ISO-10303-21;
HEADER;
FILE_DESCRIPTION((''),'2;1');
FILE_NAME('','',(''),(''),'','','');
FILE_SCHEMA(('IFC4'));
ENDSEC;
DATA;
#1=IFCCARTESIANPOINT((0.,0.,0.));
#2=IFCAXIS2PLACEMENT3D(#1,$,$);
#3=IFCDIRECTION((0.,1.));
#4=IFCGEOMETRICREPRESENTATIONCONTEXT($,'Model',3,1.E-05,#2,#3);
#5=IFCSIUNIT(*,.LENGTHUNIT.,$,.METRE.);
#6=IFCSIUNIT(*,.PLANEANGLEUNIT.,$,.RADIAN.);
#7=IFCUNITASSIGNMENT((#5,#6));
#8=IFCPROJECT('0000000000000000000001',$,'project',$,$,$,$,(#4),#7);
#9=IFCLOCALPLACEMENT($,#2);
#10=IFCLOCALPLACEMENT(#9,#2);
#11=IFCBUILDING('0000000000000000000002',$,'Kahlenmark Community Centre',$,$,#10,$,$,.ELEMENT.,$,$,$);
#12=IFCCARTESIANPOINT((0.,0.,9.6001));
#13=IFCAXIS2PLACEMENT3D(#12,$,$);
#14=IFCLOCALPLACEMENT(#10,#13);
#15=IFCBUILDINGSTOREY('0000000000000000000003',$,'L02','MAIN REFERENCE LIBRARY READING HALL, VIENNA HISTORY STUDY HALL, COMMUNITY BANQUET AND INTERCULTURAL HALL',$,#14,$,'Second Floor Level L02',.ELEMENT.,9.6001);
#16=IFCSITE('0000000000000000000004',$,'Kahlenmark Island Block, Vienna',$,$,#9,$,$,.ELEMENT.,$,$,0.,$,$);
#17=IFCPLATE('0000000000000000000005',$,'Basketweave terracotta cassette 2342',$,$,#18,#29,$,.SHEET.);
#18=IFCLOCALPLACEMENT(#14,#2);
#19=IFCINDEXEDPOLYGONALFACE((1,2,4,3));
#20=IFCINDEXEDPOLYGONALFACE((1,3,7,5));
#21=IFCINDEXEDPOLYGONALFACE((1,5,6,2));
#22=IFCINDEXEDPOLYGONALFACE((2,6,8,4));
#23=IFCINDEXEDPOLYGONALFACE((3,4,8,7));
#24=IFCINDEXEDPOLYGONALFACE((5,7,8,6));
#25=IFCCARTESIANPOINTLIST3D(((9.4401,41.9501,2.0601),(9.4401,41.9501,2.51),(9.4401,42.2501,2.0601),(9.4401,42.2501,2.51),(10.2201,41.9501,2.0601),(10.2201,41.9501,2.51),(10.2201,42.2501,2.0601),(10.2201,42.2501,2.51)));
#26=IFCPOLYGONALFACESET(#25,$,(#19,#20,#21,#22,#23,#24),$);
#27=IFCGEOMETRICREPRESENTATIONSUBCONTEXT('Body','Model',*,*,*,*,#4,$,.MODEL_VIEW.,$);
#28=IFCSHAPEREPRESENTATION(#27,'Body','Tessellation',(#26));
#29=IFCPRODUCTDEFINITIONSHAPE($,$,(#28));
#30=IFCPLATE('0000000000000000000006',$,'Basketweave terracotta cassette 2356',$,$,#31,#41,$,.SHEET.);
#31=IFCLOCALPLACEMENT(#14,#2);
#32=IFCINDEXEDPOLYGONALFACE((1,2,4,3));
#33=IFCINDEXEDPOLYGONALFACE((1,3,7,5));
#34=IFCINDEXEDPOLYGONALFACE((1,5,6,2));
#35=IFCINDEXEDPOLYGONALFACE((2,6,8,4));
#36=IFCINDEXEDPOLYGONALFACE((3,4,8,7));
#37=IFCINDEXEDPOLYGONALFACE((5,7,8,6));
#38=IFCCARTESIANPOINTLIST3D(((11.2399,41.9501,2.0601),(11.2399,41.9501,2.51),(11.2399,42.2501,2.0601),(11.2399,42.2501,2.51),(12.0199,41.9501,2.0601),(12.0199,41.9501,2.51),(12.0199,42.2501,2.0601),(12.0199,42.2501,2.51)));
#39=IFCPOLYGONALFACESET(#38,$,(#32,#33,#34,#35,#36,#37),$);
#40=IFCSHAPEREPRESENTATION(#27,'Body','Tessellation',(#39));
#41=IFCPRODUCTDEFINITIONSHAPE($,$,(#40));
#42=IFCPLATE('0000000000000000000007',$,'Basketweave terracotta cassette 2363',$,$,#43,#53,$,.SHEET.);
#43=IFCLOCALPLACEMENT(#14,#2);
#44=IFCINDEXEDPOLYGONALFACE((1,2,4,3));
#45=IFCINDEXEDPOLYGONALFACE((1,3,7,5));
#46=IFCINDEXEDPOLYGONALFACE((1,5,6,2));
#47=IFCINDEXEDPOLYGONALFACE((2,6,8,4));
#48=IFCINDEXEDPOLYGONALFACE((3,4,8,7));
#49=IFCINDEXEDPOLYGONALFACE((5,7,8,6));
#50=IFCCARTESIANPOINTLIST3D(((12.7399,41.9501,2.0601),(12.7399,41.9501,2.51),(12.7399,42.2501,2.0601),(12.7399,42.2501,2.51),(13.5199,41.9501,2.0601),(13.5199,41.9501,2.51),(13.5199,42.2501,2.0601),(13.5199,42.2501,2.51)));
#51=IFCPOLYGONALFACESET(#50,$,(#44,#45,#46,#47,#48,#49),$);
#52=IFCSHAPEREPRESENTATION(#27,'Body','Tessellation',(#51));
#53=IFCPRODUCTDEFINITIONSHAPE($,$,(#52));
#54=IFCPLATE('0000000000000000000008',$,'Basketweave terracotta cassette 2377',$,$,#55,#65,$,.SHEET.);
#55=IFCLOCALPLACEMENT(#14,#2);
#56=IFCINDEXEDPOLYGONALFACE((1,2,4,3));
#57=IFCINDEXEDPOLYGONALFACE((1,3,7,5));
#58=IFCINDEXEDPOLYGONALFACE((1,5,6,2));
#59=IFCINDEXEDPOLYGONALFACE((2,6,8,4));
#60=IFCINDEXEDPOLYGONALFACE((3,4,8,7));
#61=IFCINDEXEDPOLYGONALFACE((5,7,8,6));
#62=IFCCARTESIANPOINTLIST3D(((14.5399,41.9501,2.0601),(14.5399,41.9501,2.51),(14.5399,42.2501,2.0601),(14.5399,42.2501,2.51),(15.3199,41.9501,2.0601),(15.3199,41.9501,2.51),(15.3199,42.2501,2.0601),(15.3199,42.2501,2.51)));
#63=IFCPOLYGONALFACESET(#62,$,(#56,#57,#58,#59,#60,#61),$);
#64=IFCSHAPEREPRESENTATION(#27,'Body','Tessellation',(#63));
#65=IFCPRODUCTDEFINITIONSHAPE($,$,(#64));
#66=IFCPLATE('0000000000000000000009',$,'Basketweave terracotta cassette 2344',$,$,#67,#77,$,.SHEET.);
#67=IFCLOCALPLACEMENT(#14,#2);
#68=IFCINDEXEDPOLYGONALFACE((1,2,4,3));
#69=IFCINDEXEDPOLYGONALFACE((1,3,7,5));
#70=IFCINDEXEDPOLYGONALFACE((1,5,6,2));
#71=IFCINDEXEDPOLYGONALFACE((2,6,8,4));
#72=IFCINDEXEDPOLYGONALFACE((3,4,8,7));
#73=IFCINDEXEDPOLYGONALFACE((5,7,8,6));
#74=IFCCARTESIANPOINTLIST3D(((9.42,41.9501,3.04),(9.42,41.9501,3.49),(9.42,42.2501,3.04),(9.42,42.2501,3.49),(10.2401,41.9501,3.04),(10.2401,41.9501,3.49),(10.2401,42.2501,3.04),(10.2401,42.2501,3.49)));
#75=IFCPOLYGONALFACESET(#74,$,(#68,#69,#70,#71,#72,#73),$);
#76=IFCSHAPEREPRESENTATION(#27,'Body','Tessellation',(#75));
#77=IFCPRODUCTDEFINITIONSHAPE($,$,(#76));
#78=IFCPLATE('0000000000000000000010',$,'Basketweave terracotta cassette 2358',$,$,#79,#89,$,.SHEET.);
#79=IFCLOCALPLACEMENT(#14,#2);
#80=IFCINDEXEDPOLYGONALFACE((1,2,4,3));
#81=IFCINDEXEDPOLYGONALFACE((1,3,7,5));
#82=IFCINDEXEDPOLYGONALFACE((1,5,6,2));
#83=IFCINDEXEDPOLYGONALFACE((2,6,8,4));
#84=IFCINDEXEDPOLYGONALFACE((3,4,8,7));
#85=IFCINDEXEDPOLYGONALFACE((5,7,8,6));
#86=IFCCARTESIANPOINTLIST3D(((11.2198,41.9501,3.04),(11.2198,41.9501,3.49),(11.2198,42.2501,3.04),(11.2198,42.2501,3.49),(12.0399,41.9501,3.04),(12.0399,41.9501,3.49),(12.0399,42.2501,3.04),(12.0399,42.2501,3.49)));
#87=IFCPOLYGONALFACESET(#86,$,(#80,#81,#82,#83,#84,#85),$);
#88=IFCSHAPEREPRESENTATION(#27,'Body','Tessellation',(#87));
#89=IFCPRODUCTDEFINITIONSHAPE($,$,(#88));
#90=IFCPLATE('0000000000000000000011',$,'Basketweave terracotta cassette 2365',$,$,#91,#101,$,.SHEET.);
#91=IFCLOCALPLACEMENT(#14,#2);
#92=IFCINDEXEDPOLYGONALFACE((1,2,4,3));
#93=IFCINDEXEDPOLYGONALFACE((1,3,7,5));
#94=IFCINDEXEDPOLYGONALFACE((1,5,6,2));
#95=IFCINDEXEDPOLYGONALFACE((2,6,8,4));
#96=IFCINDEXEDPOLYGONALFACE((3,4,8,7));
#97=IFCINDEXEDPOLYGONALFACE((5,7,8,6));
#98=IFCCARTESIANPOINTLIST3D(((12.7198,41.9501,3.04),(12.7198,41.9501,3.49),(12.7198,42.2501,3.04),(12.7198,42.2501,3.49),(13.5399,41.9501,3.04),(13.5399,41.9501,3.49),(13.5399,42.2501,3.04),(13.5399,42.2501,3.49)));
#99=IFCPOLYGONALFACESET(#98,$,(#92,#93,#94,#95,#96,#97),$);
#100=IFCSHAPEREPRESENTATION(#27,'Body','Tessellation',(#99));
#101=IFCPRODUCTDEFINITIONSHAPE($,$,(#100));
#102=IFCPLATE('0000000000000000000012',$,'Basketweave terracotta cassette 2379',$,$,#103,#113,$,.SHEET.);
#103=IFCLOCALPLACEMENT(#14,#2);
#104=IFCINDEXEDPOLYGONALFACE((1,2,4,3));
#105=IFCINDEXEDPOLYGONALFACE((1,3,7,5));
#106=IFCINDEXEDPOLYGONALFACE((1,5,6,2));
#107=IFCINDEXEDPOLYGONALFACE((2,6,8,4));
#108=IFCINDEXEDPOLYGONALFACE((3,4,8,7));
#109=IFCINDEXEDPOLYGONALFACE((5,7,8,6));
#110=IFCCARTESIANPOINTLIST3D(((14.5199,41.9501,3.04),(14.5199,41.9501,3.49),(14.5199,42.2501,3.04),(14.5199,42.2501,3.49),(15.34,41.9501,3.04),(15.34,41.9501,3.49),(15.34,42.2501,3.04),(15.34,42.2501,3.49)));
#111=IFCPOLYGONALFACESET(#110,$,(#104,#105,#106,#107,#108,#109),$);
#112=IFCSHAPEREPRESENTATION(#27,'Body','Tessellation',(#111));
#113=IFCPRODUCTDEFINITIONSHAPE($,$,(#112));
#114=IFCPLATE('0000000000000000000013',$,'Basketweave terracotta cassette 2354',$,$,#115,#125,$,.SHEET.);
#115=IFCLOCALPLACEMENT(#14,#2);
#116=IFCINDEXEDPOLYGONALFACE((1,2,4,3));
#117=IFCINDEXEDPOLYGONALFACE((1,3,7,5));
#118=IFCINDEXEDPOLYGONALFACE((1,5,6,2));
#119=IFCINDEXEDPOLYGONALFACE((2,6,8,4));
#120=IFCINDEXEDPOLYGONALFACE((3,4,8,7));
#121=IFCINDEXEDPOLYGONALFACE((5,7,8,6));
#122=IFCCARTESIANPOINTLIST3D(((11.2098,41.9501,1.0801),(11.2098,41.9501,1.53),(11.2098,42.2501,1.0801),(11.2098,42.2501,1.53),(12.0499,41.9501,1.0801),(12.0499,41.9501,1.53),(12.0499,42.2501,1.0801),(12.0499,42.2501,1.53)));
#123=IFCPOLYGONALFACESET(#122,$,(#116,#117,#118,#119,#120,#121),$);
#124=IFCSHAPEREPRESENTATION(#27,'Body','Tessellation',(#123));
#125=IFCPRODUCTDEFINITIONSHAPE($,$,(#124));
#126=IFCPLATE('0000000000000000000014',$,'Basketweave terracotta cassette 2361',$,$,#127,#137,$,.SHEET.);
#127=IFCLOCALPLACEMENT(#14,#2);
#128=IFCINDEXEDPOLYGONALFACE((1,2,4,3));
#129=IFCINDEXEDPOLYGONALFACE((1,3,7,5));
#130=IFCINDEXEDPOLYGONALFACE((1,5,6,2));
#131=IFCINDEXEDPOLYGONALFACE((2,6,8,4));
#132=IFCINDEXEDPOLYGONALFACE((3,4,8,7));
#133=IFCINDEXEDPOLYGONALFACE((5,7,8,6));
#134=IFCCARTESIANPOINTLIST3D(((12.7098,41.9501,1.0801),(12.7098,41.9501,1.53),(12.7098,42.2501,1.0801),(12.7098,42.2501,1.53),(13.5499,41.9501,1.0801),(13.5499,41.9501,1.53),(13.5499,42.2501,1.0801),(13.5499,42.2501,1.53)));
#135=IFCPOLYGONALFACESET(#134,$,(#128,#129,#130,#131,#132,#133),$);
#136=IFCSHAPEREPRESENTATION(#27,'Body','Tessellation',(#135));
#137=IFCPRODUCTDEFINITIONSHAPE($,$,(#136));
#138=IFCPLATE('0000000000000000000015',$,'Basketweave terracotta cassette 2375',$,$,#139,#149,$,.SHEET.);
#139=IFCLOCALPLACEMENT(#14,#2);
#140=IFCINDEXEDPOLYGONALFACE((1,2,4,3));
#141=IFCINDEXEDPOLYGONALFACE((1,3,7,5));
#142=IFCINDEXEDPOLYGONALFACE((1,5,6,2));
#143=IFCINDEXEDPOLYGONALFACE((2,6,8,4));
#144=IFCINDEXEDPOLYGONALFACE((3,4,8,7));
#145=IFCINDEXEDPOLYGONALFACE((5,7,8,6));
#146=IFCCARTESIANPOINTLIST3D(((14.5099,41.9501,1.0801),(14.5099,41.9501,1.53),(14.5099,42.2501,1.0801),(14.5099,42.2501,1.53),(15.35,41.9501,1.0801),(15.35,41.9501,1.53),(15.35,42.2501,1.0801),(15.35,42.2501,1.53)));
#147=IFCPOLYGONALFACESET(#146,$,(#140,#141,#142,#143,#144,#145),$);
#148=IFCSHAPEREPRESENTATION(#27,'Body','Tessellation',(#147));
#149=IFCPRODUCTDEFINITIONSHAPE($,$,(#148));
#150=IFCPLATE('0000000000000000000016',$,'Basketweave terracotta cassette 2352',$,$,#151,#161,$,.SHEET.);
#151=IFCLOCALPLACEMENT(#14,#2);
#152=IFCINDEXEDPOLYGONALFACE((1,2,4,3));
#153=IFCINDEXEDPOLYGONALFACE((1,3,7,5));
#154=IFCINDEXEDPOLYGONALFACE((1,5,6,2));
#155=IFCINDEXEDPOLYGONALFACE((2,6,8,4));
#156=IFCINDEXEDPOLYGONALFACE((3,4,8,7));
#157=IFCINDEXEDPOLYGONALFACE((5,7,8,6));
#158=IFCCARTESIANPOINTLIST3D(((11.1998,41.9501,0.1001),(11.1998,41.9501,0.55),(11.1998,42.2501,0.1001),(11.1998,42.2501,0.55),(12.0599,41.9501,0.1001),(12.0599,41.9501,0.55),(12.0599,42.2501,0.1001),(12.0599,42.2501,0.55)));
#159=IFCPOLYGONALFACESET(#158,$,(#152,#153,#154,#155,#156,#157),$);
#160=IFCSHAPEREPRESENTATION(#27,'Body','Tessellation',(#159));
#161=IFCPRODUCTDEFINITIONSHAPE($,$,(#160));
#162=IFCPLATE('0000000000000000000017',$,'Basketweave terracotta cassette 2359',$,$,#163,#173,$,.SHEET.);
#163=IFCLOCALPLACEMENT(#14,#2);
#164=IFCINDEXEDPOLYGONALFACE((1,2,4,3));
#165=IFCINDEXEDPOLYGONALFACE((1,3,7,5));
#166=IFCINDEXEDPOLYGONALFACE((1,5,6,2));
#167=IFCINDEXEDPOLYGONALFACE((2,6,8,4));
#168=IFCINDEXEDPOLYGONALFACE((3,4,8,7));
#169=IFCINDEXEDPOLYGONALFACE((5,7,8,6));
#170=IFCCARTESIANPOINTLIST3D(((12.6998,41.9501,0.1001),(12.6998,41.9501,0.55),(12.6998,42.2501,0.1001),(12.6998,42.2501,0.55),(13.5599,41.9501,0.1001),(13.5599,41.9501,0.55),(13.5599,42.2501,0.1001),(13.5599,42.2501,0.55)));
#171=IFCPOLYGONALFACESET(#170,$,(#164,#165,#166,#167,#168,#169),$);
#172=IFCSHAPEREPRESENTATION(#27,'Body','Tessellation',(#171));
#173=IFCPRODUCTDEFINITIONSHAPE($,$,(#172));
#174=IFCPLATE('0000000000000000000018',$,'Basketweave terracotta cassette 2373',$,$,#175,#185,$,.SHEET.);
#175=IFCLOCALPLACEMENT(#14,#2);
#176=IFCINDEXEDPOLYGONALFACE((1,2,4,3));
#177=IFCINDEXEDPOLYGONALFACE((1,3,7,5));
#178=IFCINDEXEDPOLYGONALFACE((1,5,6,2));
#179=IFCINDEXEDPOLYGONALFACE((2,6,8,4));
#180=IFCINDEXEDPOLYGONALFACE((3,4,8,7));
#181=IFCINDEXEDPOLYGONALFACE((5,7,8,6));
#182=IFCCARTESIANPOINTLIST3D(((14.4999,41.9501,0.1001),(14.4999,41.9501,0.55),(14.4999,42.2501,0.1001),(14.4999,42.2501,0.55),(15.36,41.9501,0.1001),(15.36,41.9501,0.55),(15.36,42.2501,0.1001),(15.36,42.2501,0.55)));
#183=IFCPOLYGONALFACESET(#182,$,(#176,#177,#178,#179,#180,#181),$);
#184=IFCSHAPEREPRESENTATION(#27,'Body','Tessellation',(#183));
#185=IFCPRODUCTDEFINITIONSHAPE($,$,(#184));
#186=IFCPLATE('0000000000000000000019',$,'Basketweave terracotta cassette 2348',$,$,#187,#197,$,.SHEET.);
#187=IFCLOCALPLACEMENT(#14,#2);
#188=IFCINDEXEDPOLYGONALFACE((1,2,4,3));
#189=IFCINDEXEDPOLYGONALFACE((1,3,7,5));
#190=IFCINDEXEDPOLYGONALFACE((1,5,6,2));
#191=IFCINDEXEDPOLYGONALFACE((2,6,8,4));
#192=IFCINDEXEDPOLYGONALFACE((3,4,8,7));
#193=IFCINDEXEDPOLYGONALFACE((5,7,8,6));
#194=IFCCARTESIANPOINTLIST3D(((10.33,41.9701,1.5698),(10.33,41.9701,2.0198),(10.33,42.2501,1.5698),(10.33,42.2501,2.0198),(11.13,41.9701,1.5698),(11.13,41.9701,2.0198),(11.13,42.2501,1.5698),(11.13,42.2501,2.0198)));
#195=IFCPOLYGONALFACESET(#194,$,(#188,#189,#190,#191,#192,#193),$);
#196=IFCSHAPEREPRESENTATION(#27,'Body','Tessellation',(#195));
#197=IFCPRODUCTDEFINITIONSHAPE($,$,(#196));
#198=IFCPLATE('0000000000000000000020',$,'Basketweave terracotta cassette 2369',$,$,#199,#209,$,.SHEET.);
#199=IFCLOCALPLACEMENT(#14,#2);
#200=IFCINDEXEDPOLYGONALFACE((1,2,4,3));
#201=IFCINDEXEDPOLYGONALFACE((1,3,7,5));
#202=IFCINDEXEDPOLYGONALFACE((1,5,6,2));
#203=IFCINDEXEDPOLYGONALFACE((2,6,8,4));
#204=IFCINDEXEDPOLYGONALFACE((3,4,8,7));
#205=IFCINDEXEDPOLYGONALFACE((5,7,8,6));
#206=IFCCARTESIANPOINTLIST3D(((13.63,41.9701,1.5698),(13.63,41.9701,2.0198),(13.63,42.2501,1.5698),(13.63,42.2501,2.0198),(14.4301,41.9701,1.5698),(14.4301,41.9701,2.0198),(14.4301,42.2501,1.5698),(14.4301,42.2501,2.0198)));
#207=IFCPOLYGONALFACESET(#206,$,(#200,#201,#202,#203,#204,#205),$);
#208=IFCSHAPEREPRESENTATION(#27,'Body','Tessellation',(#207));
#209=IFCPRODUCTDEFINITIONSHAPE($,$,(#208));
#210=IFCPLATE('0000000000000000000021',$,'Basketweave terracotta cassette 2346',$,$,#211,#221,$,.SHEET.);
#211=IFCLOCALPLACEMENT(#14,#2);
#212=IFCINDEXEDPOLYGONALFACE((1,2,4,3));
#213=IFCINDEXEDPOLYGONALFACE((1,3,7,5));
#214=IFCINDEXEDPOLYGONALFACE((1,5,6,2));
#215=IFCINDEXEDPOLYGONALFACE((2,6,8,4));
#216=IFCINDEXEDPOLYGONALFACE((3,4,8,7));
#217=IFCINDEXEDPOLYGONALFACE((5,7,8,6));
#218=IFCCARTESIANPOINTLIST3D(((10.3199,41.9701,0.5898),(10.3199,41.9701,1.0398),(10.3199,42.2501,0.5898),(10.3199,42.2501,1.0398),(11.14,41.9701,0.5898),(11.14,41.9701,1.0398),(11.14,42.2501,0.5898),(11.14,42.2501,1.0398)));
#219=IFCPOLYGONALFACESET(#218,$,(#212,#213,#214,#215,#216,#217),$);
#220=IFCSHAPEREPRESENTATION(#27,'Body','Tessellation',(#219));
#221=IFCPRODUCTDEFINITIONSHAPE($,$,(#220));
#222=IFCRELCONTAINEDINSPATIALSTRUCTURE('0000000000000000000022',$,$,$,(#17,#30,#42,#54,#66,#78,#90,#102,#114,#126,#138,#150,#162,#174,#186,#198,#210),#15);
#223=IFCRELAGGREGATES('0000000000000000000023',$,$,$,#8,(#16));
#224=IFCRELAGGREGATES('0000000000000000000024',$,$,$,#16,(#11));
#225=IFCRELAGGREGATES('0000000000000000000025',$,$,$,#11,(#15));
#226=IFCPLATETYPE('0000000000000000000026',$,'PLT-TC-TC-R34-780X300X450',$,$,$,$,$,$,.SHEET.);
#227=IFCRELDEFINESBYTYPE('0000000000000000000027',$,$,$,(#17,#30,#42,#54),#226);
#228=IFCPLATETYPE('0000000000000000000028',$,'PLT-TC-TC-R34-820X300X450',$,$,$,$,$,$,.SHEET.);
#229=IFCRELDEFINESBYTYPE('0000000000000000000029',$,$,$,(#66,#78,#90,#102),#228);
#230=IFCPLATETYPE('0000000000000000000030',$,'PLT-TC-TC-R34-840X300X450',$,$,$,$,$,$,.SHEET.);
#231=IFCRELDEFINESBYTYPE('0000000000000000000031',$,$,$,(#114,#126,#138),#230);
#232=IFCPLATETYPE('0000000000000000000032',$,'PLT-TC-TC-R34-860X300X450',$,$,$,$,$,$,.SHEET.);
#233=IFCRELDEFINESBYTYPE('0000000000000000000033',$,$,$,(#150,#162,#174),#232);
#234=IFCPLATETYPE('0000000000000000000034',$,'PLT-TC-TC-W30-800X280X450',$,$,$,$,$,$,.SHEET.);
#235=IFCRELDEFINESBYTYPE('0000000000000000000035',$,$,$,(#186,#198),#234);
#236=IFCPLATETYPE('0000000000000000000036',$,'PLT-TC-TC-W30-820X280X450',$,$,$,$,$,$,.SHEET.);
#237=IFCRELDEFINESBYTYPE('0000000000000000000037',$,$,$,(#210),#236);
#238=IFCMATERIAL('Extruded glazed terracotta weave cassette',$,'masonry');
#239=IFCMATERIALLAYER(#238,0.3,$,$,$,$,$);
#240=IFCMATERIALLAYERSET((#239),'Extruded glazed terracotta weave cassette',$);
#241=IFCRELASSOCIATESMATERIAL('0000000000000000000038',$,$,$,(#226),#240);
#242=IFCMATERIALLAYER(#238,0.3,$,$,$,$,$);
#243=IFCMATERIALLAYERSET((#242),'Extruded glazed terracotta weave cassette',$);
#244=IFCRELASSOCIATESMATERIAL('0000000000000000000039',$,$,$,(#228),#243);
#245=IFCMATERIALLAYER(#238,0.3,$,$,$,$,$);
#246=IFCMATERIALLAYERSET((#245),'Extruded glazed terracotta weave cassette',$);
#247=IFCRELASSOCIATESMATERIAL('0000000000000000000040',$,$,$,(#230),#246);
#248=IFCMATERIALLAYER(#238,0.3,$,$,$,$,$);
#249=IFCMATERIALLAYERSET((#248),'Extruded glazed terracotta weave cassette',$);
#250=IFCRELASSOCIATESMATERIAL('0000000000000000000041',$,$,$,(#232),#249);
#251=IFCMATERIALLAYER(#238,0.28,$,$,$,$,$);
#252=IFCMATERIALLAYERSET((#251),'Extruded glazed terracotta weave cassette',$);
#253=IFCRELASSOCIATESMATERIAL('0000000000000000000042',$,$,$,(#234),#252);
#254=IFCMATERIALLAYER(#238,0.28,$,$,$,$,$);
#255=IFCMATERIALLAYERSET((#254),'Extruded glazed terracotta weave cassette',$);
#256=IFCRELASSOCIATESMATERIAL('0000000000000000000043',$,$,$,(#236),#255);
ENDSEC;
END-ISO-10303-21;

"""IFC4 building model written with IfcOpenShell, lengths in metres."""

from ifc_helpers import new_model, si_unit, direction, frame, origin, origin_2d, place, context, subcontext, project, spatial, rectangle, extrude, material, layer, layer_set, type_object, element, save


model = new_model("IFC4")

# Units and contexts
model_context = context("Model", 3, precision=1e-05, world=origin(), true_north=direction((0.0, 1.0)))
body_context = subcontext(model_context, "Body", "Model", "MODEL_VIEW")
ifc_project = project(units=[si_unit("LENGTHUNIT", "METRE"), si_unit("PLANEANGLEUNIT", "RADIAN")], contexts=[model_context])

# Site, building, storey
site_placement = place(None, origin())
site = spatial("IfcSite", under=ifc_project, at=site_placement, Name="Kahlenmark Island Block, Vienna", CompositionType="ELEMENT", RefElevation=0.0)
building_placement = place(site_placement, origin())
building = spatial("IfcBuilding", under=site, at=building_placement, Name="Kahlenmark Community Centre", CompositionType="ELEMENT")
storey_placement = place(building_placement, frame((0.0, 0.0, 9.6001)))
storey = spatial("IfcBuildingStorey", under=building, at=storey_placement, Name="L02", Description="MAIN REFERENCE LIBRARY READING HALL, VIENNA HISTORY STUDY HALL, COMMUNITY BANQUET AND INTERCULTURAL HALL", LongName="Second Floor Level L02", CompositionType="ELEMENT", Elevation=9.6001)

# Plates
ifc_material_1 = material(Name="Extruded glazed terracotta weave cassette", Category="masonry")
ifc_layer_1 = layer(ifc_material_1, 0.3)
ifc_layer_set_1 = layer_set([ifc_layer_1], Name="Extruded glazed terracotta weave cassette")
plate_type_1 = type_object("IfcPlateType", Name="PLT-TC-TC-R34-780X300X450", PredefinedType="SHEET", material=ifc_layer_set_1)
for number, where, z_axis, x_axis, name in (
    (1, (9.8301, 42.1001, 2.0601), (0.0, 0.0, 1.0), (1.0, 0.0, 0.0), "Basketweave terracotta cassette 2342"),
    (2, (11.6299, 42.1001, 2.0601), (0.0, 0.0, 1.0), (1.0, 0.0, 0.0), "Basketweave terracotta cassette 2356"),
    (3, (13.1299, 42.1001, 2.0601), (0.0, 0.0, 1.0), (1.0, 0.0, 0.0), "Basketweave terracotta cassette 2363"),
    (4, (14.9299, 42.1001, 2.0601), (0.0, 0.0, 1.0), (1.0, 0.0, 0.0), "Basketweave terracotta cassette 2377"),
):
    element("IfcPlate", number, at=place(storey_placement, frame(where, z_axis=z_axis, x_axis=x_axis)), inside=storey, type_object=plate_type_1, Name=name, PredefinedType="SHEET", context=body_context, shape_type="SweptSolid", body=[
        extrude(rectangle(XDim=0.78, YDim=0.3, at=origin_2d()), origin(), (0.0, 0.0, 1.0), 0.45),
    ])
ifc_layer_2 = layer(ifc_material_1, 0.3)
ifc_layer_set_2 = layer_set([ifc_layer_2], Name="Extruded glazed terracotta weave cassette")
plate_type_2 = type_object("IfcPlateType", Name="PLT-TC-TC-R34-820X300X450", PredefinedType="SHEET", material=ifc_layer_set_2)
for number, where, z_axis, x_axis, name in (
    (5, (9.8301, 42.1001, 3.04), (0.0, 0.0, 1.0), (1.0, 0.0, 0.0), "Basketweave terracotta cassette 2344"),
    (6, (11.6299, 42.1001, 3.04), (0.0, 0.0, 1.0), (1.0, 0.0, 0.0), "Basketweave terracotta cassette 2358"),
    (7, (13.1299, 42.1001, 3.04), (0.0, 0.0, 1.0), (1.0, 0.0, 0.0), "Basketweave terracotta cassette 2365"),
    (8, (14.9299, 42.1001, 3.04), (0.0, 0.0, 1.0), (1.0, 0.0, 0.0), "Basketweave terracotta cassette 2379"),
):
    element("IfcPlate", number, at=place(storey_placement, frame(where, z_axis=z_axis, x_axis=x_axis)), inside=storey, type_object=plate_type_2, Name=name, PredefinedType="SHEET", context=body_context, shape_type="SweptSolid", body=[
        extrude(rectangle(XDim=0.8201, YDim=0.3, at=origin_2d()), origin(), (0.0, 0.0, 1.0), 0.45),
    ])
ifc_layer_3 = layer(ifc_material_1, 0.3)
ifc_layer_set_3 = layer_set([ifc_layer_3], Name="Extruded glazed terracotta weave cassette")
plate_type_3 = type_object("IfcPlateType", Name="PLT-TC-TC-R34-840X300X450", PredefinedType="SHEET", material=ifc_layer_set_3)
for number, where, z_axis, x_axis, name in (
    (9, (11.6299, 42.1001, 1.0801), (0.0, 0.0, 1.0), (1.0, 0.0, 0.0), "Basketweave terracotta cassette 2354"),
    (10, (13.1299, 42.1001, 1.0801), (0.0, 0.0, 1.0), (1.0, 0.0, 0.0), "Basketweave terracotta cassette 2361"),
    (11, (14.9299, 42.1001, 1.0801), (0.0, 0.0, 1.0), (1.0, 0.0, 0.0), "Basketweave terracotta cassette 2375"),
):
    element("IfcPlate", number, at=place(storey_placement, frame(where, z_axis=z_axis, x_axis=x_axis)), inside=storey, type_object=plate_type_3, Name=name, PredefinedType="SHEET", context=body_context, shape_type="SweptSolid", body=[
        extrude(rectangle(XDim=0.8401, YDim=0.3, at=origin_2d()), origin(), (0.0, 0.0, 1.0), 0.45),
    ])
ifc_layer_4 = layer(ifc_material_1, 0.3)
ifc_layer_set_4 = layer_set([ifc_layer_4], Name="Extruded glazed terracotta weave cassette")
plate_type_4 = type_object("IfcPlateType", Name="PLT-TC-TC-R34-860X300X450", PredefinedType="SHEET", material=ifc_layer_set_4)
for number, where, z_axis, x_axis, name in (
    (12, (11.6299, 42.1001, 0.1001), (0.0, 0.0, 1.0), (1.0, 0.0, 0.0), "Basketweave terracotta cassette 2352"),
    (13, (13.1299, 42.1001, 0.1001), (0.0, 0.0, 1.0), (1.0, 0.0, 0.0), "Basketweave terracotta cassette 2359"),
    (14, (14.9299, 42.1001, 0.1001), (0.0, 0.0, 1.0), (1.0, 0.0, 0.0), "Basketweave terracotta cassette 2373"),
):
    element("IfcPlate", number, at=place(storey_placement, frame(where, z_axis=z_axis, x_axis=x_axis)), inside=storey, type_object=plate_type_4, Name=name, PredefinedType="SHEET", context=body_context, shape_type="SweptSolid", body=[
        extrude(rectangle(XDim=0.8601, YDim=0.3, at=origin_2d()), origin(), (0.0, 0.0, 1.0), 0.45),
    ])
ifc_layer_5 = layer(ifc_material_1, 0.28)
ifc_layer_set_5 = layer_set([ifc_layer_5], Name="Extruded glazed terracotta weave cassette")
plate_type_5 = type_object("IfcPlateType", Name="PLT-TC-TC-W30-800X280X450", PredefinedType="SHEET", material=ifc_layer_set_5)
for number, where, z_axis, x_axis, name in (
    (15, (10.73, 42.1101, 1.5698), (0.0, 0.0, 1.0), (1.0, 0.0, 0.0), "Basketweave terracotta cassette 2348"),
    (16, (14.03, 42.1101, 1.5698), (0.0, 0.0, 1.0), (1.0, 0.0, 0.0), "Basketweave terracotta cassette 2369"),
):
    element("IfcPlate", number, at=place(storey_placement, frame(where, z_axis=z_axis, x_axis=x_axis)), inside=storey, type_object=plate_type_5, Name=name, PredefinedType="SHEET", context=body_context, shape_type="SweptSolid", body=[
        extrude(rectangle(XDim=0.8, YDim=0.28, at=origin_2d()), origin(), (0.0, 0.0, 1.0), 0.45),
    ])
ifc_layer_6 = layer(ifc_material_1, 0.28)
ifc_layer_set_6 = layer_set([ifc_layer_6], Name="Extruded glazed terracotta weave cassette")
plate_type_6 = type_object("IfcPlateType", Name="PLT-TC-TC-W30-820X280X450", PredefinedType="SHEET", material=ifc_layer_set_6)
for number, where, z_axis, x_axis, name in (
    (17, (10.73, 42.1101, 0.5898), (0.0, 0.0, 1.0), (1.0, 0.0, 0.0), "Basketweave terracotta cassette 2346"),
):
    element("IfcPlate", number, at=place(storey_placement, frame(where, z_axis=z_axis, x_axis=x_axis)), inside=storey, type_object=plate_type_6, Name=name, PredefinedType="SHEET", context=body_context, shape_type="SweptSolid", body=[
        extrude(rectangle(XDim=0.8201, YDim=0.28, at=origin_2d()), origin(), (0.0, 0.0, 1.0), 0.45),
    ])

save(model, "model.ifc")
